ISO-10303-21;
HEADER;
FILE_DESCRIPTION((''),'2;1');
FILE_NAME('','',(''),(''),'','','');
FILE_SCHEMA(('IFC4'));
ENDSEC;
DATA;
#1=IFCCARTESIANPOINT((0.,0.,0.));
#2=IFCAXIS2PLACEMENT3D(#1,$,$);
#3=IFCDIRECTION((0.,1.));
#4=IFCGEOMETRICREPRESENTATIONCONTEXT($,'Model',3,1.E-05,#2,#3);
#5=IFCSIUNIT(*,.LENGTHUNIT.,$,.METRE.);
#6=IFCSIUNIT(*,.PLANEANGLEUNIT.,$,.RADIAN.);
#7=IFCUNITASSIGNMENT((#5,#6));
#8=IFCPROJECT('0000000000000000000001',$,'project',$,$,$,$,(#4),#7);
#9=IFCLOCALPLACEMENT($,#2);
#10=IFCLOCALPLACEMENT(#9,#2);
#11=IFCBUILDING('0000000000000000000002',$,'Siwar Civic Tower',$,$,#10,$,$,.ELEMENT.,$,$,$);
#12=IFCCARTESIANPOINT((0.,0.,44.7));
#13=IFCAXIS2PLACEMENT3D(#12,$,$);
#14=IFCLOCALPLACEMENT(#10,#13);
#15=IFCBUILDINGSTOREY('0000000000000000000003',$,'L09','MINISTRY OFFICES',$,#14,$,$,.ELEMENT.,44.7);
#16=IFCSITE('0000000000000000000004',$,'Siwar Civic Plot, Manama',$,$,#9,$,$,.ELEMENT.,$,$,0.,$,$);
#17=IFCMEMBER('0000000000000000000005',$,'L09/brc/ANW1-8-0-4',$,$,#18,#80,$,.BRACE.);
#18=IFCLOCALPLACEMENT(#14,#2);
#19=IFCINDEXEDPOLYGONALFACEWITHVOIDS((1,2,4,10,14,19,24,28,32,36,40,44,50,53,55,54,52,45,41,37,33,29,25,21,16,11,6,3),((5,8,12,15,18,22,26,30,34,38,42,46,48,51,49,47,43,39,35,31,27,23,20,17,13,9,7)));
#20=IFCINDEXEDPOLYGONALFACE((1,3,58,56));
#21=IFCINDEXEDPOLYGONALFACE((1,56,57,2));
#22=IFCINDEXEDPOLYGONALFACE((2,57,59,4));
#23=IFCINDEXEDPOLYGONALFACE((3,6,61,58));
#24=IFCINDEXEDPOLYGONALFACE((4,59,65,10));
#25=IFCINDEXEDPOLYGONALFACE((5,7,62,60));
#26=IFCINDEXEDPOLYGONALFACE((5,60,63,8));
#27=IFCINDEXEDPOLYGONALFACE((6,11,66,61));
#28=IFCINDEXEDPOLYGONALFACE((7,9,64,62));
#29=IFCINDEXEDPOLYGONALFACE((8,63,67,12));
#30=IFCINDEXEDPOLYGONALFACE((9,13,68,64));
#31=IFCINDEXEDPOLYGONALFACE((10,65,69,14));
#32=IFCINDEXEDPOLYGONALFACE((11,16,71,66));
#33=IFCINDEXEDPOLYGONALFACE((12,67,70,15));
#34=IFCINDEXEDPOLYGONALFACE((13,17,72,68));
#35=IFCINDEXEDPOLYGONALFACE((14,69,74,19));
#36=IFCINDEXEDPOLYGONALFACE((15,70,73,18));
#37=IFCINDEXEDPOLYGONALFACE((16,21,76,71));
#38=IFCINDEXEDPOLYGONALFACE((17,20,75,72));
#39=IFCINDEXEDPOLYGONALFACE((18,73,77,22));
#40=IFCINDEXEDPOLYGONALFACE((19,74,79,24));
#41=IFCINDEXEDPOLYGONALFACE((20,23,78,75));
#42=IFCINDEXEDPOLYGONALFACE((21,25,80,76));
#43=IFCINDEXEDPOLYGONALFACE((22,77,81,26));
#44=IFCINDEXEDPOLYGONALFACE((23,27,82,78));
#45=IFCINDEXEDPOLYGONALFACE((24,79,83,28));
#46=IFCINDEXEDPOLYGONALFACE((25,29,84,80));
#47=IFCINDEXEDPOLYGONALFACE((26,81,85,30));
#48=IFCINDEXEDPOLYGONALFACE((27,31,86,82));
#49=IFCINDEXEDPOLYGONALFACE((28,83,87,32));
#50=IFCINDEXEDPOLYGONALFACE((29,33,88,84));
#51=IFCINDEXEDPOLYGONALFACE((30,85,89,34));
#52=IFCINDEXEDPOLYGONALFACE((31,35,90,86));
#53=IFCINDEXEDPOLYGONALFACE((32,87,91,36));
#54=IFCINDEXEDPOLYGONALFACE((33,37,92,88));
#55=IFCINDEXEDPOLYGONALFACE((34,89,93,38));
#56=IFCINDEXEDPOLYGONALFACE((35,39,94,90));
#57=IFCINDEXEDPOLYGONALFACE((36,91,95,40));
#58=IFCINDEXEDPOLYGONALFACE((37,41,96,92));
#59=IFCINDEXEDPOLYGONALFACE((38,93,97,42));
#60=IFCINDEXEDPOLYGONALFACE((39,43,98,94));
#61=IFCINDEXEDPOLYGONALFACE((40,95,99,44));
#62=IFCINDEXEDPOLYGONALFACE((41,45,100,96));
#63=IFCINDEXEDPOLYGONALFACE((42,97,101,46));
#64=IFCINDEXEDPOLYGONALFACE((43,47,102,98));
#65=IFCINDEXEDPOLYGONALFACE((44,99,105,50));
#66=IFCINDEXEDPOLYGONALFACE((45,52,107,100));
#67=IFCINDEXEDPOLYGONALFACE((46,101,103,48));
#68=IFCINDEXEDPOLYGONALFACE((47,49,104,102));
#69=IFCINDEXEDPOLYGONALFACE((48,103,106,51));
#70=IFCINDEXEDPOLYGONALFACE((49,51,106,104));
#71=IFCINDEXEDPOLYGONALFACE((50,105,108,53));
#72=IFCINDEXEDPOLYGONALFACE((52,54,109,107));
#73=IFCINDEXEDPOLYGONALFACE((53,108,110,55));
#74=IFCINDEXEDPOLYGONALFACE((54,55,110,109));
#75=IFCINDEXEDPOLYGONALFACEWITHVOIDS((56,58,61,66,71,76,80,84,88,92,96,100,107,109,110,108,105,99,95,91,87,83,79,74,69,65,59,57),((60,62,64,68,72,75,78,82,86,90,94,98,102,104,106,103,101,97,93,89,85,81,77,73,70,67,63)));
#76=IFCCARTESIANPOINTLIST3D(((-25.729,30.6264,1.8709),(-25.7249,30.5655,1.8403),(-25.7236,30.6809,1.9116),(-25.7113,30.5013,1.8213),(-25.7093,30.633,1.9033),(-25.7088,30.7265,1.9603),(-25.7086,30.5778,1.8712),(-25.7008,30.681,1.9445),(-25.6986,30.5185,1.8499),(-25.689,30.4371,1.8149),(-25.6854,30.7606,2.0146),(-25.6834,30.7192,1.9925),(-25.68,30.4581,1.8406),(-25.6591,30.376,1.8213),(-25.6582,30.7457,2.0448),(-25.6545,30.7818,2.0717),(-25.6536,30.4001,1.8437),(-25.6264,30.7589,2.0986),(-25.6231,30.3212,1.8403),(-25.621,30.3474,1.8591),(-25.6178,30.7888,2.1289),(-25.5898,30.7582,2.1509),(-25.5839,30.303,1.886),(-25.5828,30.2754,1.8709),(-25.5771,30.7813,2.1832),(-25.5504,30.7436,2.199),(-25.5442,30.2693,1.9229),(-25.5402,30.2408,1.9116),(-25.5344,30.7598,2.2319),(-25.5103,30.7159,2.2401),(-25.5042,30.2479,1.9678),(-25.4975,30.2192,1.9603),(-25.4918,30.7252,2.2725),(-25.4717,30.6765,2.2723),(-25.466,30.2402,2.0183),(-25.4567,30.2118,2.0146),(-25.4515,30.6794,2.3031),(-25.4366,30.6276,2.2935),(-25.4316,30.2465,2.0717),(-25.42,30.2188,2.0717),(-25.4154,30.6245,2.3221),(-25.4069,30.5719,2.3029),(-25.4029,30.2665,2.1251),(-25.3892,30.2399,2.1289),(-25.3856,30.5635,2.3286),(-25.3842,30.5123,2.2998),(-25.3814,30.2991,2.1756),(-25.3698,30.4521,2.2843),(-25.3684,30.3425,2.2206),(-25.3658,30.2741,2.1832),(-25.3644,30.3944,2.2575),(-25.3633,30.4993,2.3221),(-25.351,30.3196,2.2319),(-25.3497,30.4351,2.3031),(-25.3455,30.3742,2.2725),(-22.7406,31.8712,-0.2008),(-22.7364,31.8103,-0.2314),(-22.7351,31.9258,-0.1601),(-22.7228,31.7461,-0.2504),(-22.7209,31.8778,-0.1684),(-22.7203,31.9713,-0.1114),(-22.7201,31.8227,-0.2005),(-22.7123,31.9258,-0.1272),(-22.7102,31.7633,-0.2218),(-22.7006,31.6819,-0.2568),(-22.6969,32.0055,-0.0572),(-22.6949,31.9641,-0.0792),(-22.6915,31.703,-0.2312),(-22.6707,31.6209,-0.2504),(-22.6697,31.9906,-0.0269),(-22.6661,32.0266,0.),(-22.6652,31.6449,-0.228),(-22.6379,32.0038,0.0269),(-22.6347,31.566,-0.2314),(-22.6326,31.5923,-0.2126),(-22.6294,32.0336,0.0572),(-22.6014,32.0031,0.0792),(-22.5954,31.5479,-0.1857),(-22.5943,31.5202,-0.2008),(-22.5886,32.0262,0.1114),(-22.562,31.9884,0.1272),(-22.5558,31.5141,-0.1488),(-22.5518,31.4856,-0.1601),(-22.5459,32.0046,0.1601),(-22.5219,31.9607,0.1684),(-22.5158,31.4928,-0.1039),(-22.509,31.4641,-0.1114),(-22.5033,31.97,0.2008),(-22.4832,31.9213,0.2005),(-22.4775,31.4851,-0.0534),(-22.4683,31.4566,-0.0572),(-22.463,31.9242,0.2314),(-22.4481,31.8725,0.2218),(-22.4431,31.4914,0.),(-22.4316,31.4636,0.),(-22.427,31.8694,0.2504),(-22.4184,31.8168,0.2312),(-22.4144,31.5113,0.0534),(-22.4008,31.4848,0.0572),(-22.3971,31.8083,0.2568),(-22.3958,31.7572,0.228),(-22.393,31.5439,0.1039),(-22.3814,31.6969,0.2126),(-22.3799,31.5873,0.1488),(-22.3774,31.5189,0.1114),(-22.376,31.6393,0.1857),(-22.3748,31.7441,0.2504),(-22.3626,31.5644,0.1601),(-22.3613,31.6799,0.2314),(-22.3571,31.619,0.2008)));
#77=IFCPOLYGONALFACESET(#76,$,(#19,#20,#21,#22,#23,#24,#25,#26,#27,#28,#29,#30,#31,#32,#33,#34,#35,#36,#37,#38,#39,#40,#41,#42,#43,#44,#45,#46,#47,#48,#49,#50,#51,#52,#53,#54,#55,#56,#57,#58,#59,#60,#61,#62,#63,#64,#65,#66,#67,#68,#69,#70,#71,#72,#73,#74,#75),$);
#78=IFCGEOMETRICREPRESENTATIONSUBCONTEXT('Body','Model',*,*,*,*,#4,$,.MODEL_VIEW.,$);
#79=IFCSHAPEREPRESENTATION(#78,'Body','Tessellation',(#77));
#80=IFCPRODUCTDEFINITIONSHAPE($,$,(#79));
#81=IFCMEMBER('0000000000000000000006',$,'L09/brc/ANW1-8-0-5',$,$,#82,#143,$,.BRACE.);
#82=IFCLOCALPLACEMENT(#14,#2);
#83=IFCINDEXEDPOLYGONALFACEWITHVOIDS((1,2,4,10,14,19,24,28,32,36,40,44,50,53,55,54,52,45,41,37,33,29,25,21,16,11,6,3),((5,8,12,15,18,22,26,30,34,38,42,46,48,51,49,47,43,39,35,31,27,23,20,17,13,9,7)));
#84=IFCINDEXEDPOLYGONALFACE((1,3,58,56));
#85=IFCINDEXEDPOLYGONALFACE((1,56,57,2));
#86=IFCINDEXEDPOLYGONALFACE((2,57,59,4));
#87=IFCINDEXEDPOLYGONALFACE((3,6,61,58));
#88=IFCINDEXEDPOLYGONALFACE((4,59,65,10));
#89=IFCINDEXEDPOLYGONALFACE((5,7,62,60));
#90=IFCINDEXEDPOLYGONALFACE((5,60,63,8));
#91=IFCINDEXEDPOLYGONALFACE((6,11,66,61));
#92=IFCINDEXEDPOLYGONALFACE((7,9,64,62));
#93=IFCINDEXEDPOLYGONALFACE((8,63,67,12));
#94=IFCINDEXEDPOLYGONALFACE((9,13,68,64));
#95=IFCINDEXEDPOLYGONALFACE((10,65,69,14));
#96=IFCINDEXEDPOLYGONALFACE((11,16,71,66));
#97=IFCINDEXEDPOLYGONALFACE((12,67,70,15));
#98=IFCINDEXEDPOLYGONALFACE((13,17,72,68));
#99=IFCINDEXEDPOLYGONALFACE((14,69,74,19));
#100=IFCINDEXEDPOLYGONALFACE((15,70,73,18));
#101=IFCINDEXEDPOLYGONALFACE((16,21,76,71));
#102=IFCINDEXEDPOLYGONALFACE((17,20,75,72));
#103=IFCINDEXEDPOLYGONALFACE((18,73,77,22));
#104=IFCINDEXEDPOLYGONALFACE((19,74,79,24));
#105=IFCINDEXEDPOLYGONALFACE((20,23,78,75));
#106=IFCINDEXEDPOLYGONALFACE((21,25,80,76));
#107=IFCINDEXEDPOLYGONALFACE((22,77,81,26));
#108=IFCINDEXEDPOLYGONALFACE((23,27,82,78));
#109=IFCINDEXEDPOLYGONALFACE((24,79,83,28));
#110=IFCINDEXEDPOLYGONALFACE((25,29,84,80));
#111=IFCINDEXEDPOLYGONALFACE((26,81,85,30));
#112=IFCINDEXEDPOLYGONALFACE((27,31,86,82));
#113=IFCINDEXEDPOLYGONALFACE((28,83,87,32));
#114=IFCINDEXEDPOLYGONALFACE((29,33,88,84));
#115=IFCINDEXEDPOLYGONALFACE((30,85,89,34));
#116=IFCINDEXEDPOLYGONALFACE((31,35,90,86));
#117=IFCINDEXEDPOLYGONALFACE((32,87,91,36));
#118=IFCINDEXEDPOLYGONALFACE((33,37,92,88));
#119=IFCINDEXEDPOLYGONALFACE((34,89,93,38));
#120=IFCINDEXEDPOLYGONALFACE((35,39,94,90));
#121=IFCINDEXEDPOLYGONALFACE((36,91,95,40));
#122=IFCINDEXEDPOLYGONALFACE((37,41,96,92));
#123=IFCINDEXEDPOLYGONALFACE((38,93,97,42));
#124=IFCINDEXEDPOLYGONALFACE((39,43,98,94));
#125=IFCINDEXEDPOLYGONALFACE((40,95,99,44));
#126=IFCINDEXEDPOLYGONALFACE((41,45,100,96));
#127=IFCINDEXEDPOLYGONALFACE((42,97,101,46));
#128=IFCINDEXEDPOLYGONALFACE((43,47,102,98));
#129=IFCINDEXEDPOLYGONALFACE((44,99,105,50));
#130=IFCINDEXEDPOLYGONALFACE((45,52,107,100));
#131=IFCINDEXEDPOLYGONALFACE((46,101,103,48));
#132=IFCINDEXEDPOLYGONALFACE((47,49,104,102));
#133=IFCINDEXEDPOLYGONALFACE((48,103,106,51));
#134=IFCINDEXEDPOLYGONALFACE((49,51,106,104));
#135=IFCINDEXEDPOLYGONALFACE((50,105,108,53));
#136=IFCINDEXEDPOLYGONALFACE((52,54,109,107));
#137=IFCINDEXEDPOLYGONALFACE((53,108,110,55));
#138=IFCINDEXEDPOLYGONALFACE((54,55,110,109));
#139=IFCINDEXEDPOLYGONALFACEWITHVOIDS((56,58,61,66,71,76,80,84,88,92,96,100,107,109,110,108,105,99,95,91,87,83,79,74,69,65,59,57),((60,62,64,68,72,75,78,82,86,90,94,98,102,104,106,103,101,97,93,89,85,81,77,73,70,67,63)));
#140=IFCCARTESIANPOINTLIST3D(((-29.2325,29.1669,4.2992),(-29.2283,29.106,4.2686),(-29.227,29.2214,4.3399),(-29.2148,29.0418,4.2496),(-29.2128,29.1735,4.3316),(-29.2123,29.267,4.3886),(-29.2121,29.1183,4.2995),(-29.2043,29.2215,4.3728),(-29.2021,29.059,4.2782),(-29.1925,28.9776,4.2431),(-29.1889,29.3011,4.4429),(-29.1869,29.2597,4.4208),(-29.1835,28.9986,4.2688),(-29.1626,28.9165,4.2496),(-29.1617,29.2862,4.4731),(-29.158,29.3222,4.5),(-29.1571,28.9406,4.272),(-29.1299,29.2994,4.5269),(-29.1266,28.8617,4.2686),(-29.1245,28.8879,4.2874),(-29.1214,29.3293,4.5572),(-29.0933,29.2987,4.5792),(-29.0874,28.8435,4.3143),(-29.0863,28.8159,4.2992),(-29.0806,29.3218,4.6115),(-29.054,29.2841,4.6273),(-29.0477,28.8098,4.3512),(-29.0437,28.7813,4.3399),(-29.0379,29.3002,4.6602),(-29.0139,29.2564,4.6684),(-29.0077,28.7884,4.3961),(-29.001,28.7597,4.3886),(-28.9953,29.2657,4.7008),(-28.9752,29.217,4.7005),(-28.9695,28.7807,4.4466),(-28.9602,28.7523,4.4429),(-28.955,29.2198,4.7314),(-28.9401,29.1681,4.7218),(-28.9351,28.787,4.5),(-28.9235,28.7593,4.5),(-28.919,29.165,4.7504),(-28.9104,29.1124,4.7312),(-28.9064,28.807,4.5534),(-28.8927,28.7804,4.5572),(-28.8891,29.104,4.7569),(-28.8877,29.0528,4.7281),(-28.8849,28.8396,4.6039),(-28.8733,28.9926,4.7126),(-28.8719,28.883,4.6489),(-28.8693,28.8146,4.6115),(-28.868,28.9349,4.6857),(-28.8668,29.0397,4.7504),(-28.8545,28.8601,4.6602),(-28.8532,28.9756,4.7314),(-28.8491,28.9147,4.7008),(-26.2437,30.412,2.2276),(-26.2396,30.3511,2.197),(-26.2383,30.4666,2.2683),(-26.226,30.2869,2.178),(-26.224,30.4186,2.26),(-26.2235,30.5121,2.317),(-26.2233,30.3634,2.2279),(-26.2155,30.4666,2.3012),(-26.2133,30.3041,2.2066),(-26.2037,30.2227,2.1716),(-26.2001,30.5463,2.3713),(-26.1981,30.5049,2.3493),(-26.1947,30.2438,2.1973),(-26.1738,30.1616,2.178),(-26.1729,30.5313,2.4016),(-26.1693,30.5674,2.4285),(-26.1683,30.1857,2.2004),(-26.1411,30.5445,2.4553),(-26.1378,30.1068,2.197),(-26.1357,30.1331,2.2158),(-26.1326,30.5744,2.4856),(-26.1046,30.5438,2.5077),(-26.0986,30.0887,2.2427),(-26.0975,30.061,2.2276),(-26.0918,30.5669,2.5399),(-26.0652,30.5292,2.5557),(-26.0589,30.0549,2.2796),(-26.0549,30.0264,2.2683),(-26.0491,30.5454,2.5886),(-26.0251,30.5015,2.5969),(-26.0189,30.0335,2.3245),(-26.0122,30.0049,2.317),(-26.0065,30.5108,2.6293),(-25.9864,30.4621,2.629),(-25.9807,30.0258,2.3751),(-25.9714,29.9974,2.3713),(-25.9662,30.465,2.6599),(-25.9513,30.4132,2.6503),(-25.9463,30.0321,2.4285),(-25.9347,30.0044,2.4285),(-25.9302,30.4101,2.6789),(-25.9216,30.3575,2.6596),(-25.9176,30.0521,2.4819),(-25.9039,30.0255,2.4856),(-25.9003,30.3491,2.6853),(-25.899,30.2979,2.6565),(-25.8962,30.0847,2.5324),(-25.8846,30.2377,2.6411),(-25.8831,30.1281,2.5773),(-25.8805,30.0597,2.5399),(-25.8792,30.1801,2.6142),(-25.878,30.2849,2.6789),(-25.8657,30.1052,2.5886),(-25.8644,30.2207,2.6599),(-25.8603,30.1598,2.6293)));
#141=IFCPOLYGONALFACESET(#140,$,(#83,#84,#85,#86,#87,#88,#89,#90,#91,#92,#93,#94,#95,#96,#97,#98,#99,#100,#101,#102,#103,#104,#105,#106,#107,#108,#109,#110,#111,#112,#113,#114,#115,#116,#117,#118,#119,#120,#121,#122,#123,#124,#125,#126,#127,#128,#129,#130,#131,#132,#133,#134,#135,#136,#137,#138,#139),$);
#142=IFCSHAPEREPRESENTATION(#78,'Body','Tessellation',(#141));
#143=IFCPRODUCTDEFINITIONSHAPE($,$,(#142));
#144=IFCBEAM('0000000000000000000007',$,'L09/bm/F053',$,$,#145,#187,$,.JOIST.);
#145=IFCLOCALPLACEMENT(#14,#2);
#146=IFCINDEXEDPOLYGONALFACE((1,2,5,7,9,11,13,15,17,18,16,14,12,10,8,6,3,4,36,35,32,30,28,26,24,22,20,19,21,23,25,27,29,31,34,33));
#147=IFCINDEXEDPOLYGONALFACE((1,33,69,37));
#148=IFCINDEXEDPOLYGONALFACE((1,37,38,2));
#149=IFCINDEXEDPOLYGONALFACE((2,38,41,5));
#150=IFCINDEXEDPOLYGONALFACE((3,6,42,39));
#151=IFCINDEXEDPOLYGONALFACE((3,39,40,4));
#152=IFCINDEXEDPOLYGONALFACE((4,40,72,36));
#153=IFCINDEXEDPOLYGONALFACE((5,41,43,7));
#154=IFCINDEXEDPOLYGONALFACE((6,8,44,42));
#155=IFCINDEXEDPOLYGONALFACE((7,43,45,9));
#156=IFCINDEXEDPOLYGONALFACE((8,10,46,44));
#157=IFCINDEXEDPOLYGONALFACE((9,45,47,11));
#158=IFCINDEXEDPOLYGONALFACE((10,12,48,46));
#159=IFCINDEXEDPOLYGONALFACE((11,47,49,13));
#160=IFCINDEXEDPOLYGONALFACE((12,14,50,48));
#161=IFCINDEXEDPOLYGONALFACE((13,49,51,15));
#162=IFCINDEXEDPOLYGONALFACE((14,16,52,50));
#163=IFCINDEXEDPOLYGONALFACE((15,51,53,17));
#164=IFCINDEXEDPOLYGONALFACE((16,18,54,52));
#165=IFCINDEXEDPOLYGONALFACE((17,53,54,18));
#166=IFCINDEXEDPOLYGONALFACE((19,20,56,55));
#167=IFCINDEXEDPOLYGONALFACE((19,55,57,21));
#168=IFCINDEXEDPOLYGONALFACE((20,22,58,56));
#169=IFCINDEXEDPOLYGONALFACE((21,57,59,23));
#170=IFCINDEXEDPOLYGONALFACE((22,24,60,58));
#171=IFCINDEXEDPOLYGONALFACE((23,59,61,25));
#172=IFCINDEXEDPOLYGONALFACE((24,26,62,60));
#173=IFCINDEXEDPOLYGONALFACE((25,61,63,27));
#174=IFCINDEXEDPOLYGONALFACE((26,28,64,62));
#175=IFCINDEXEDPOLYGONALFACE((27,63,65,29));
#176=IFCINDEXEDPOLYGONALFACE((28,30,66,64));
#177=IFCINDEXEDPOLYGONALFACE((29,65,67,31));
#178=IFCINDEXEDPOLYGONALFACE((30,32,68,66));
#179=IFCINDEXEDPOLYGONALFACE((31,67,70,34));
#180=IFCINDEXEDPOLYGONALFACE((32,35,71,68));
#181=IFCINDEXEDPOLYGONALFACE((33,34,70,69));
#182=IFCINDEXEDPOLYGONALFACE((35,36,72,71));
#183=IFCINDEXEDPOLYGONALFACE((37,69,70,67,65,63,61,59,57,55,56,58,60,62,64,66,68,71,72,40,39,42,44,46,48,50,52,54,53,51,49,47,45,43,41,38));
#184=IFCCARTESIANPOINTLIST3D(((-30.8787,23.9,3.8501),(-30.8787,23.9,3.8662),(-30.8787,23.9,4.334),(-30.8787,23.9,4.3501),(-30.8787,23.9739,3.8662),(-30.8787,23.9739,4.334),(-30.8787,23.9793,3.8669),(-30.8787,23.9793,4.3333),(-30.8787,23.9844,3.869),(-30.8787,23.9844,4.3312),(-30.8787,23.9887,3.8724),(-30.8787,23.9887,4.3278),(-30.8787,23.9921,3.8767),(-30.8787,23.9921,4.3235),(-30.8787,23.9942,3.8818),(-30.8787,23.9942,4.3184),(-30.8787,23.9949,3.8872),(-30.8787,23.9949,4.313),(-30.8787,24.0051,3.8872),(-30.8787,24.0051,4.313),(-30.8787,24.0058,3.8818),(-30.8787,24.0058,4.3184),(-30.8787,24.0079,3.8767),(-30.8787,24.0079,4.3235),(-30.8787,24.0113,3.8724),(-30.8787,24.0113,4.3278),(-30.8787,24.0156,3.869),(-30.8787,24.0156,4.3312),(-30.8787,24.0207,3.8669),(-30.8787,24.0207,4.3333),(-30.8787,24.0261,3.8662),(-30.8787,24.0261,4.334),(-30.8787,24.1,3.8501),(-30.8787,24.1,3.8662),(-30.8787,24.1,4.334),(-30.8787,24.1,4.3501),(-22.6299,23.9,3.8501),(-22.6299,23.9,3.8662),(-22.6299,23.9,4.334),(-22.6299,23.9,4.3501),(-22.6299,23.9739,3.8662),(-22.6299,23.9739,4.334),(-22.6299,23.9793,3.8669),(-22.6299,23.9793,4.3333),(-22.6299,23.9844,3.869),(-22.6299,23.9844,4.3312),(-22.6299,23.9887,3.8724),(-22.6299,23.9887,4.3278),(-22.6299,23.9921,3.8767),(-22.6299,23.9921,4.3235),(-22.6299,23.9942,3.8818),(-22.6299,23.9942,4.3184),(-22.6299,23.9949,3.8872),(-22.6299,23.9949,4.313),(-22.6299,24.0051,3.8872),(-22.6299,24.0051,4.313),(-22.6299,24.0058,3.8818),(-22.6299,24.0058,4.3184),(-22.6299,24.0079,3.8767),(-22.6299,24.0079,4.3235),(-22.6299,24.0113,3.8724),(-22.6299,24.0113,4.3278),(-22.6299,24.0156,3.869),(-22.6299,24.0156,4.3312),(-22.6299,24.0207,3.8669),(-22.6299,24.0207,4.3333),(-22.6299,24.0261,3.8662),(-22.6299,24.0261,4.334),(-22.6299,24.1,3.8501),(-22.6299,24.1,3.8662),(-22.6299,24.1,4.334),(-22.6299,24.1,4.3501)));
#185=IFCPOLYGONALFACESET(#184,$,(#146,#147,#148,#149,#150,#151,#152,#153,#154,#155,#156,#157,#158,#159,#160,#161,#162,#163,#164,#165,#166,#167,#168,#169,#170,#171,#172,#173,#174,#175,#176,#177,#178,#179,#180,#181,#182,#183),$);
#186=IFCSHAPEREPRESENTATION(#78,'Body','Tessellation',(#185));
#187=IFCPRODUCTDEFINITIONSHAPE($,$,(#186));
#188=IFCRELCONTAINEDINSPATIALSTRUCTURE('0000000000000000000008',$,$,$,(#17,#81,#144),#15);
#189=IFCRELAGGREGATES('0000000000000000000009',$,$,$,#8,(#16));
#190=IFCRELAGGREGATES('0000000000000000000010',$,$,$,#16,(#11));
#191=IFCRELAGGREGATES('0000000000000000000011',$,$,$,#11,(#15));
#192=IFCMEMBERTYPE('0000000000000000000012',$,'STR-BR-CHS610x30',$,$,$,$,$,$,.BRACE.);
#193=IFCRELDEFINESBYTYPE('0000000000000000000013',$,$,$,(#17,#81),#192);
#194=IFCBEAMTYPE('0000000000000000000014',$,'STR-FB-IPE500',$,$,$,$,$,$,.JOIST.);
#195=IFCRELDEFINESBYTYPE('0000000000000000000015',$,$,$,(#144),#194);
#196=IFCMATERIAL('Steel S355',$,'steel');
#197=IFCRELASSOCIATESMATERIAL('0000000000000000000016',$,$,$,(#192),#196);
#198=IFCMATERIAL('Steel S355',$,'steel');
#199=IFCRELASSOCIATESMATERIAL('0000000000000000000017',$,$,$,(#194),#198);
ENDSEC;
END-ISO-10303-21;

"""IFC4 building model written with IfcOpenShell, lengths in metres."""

from ifc_helpers import new_model, si_unit, direction, frame, origin, origin_2d, place, context, subcontext, project, spatial, hollow_circle, i_section, extrude, material, material_profile, profile_set, type_object, element, save


model = new_model("IFC4")

# Units and contexts
model_context = context("Model", 3, precision=1e-05, world=origin(), true_north=direction((0.0, 1.0)))
body_context = subcontext(model_context, "Body", "Model", "MODEL_VIEW")
ifc_project = project(units=[si_unit("LENGTHUNIT", "METRE"), si_unit("PLANEANGLEUNIT", "RADIAN")], contexts=[model_context])

# Site, building, storey
site_placement = place(None, origin())
site = spatial("IfcSite", under=ifc_project, at=site_placement, Name="Siwar Civic Plot, Manama", CompositionType="ELEMENT", RefElevation=0.0)
building_placement = place(site_placement, origin())
building = spatial("IfcBuilding", under=site, at=building_placement, Name="Siwar Civic Tower", CompositionType="ELEMENT")
storey_placement = place(building_placement, frame((0.0, 0.0, 44.7)))
storey = spatial("IfcBuildingStorey", under=building, at=storey_placement, Name="L09", Description="MINISTRY OFFICES", CompositionType="ELEMENT", Elevation=44.7)

# Members
ifc_material_1 = material(Name="Steel S355", Category="steel")
ifc_material_profile_1 = material_profile(ifc_material_1, hollow_circle(Radius=0.3049, WallThickness=0.03, at=origin_2d()), Name="CHS610x30")
ifc_profile_set_1 = profile_set([ifc_material_profile_1], Name="Steel S355")
member_type_1 = type_object("IfcMemberType", Name="STR-BR-CHS610x30", PredefinedType="BRACE", material=ifc_profile_set_1)
member_1_placement = place(storey_placement, frame((-22.5488, 31.7451, 0.0), z_axis=(-0.777533, -0.323882, 0.53902), x_axis=(0.384524, -0.923115, 0.0)))
element("IfcMember", 1, at=member_1_placement, inside=storey, type_object=member_type_1, Name="L09/brc/ANW1-8-0-4", PredefinedType="BRACE", context=body_context, shape_type="SweptSolid", body=[
    extrude(hollow_circle(Radius=0.3049, WallThickness=0.03, at=origin_2d()), origin(), (0.0, 0.0, 1.0), 3.8435),
])
member_2_placement = place(storey_placement, frame((-26.052, 30.2859, 2.4285), z_axis=(-0.777569, -0.323934, 0.538937), x_axis=(0.384562, -0.923099, 0.0)))
element("IfcMember", 2, at=member_2_placement, inside=storey, type_object=member_type_1, Name="L09/brc/ANW1-8-0-5", PredefinedType="BRACE", context=body_context, shape_type="SweptSolid", body=[
    extrude(hollow_circle(Radius=0.3049, WallThickness=0.03, at=origin_2d()), origin(), (0.0, 0.0, 1.0), 3.8438),
])

# Beam
ifc_material_2 = material(Name="Steel S355", Category="steel")
ifc_material_profile_2 = material_profile(ifc_material_2, i_section(OverallWidth=0.2, OverallDepth=0.5, WebThickness=0.0103, FlangeThickness=0.0161, FilletRadius=0.021, at=origin_2d()), Name="IPE500")
ifc_profile_set_2 = profile_set([ifc_material_profile_2], Name="Steel S355")
beam_type_1 = type_object("IfcBeamType", Name="STR-FB-IPE500", PredefinedType="JOIST", material=ifc_profile_set_2)
beam_1_placement = place(storey_placement, frame((-30.8787, 24.0, 4.1001), z_axis=(1.0, 0.0, 0.0), x_axis=(0.0, 1.0, 0.0)))
element("IfcBeam", 3, at=beam_1_placement, inside=storey, type_object=beam_type_1, Name="L09/bm/F053", PredefinedType="JOIST", context=body_context, shape_type="SweptSolid", body=[
    extrude(i_section(OverallWidth=0.2, OverallDepth=0.5, WebThickness=0.0103, FlangeThickness=0.0161, FilletRadius=0.021, at=origin_2d()), origin(), (0.0, 0.0, 1.0), 8.2488),
])

save(model, "model.ifc")
